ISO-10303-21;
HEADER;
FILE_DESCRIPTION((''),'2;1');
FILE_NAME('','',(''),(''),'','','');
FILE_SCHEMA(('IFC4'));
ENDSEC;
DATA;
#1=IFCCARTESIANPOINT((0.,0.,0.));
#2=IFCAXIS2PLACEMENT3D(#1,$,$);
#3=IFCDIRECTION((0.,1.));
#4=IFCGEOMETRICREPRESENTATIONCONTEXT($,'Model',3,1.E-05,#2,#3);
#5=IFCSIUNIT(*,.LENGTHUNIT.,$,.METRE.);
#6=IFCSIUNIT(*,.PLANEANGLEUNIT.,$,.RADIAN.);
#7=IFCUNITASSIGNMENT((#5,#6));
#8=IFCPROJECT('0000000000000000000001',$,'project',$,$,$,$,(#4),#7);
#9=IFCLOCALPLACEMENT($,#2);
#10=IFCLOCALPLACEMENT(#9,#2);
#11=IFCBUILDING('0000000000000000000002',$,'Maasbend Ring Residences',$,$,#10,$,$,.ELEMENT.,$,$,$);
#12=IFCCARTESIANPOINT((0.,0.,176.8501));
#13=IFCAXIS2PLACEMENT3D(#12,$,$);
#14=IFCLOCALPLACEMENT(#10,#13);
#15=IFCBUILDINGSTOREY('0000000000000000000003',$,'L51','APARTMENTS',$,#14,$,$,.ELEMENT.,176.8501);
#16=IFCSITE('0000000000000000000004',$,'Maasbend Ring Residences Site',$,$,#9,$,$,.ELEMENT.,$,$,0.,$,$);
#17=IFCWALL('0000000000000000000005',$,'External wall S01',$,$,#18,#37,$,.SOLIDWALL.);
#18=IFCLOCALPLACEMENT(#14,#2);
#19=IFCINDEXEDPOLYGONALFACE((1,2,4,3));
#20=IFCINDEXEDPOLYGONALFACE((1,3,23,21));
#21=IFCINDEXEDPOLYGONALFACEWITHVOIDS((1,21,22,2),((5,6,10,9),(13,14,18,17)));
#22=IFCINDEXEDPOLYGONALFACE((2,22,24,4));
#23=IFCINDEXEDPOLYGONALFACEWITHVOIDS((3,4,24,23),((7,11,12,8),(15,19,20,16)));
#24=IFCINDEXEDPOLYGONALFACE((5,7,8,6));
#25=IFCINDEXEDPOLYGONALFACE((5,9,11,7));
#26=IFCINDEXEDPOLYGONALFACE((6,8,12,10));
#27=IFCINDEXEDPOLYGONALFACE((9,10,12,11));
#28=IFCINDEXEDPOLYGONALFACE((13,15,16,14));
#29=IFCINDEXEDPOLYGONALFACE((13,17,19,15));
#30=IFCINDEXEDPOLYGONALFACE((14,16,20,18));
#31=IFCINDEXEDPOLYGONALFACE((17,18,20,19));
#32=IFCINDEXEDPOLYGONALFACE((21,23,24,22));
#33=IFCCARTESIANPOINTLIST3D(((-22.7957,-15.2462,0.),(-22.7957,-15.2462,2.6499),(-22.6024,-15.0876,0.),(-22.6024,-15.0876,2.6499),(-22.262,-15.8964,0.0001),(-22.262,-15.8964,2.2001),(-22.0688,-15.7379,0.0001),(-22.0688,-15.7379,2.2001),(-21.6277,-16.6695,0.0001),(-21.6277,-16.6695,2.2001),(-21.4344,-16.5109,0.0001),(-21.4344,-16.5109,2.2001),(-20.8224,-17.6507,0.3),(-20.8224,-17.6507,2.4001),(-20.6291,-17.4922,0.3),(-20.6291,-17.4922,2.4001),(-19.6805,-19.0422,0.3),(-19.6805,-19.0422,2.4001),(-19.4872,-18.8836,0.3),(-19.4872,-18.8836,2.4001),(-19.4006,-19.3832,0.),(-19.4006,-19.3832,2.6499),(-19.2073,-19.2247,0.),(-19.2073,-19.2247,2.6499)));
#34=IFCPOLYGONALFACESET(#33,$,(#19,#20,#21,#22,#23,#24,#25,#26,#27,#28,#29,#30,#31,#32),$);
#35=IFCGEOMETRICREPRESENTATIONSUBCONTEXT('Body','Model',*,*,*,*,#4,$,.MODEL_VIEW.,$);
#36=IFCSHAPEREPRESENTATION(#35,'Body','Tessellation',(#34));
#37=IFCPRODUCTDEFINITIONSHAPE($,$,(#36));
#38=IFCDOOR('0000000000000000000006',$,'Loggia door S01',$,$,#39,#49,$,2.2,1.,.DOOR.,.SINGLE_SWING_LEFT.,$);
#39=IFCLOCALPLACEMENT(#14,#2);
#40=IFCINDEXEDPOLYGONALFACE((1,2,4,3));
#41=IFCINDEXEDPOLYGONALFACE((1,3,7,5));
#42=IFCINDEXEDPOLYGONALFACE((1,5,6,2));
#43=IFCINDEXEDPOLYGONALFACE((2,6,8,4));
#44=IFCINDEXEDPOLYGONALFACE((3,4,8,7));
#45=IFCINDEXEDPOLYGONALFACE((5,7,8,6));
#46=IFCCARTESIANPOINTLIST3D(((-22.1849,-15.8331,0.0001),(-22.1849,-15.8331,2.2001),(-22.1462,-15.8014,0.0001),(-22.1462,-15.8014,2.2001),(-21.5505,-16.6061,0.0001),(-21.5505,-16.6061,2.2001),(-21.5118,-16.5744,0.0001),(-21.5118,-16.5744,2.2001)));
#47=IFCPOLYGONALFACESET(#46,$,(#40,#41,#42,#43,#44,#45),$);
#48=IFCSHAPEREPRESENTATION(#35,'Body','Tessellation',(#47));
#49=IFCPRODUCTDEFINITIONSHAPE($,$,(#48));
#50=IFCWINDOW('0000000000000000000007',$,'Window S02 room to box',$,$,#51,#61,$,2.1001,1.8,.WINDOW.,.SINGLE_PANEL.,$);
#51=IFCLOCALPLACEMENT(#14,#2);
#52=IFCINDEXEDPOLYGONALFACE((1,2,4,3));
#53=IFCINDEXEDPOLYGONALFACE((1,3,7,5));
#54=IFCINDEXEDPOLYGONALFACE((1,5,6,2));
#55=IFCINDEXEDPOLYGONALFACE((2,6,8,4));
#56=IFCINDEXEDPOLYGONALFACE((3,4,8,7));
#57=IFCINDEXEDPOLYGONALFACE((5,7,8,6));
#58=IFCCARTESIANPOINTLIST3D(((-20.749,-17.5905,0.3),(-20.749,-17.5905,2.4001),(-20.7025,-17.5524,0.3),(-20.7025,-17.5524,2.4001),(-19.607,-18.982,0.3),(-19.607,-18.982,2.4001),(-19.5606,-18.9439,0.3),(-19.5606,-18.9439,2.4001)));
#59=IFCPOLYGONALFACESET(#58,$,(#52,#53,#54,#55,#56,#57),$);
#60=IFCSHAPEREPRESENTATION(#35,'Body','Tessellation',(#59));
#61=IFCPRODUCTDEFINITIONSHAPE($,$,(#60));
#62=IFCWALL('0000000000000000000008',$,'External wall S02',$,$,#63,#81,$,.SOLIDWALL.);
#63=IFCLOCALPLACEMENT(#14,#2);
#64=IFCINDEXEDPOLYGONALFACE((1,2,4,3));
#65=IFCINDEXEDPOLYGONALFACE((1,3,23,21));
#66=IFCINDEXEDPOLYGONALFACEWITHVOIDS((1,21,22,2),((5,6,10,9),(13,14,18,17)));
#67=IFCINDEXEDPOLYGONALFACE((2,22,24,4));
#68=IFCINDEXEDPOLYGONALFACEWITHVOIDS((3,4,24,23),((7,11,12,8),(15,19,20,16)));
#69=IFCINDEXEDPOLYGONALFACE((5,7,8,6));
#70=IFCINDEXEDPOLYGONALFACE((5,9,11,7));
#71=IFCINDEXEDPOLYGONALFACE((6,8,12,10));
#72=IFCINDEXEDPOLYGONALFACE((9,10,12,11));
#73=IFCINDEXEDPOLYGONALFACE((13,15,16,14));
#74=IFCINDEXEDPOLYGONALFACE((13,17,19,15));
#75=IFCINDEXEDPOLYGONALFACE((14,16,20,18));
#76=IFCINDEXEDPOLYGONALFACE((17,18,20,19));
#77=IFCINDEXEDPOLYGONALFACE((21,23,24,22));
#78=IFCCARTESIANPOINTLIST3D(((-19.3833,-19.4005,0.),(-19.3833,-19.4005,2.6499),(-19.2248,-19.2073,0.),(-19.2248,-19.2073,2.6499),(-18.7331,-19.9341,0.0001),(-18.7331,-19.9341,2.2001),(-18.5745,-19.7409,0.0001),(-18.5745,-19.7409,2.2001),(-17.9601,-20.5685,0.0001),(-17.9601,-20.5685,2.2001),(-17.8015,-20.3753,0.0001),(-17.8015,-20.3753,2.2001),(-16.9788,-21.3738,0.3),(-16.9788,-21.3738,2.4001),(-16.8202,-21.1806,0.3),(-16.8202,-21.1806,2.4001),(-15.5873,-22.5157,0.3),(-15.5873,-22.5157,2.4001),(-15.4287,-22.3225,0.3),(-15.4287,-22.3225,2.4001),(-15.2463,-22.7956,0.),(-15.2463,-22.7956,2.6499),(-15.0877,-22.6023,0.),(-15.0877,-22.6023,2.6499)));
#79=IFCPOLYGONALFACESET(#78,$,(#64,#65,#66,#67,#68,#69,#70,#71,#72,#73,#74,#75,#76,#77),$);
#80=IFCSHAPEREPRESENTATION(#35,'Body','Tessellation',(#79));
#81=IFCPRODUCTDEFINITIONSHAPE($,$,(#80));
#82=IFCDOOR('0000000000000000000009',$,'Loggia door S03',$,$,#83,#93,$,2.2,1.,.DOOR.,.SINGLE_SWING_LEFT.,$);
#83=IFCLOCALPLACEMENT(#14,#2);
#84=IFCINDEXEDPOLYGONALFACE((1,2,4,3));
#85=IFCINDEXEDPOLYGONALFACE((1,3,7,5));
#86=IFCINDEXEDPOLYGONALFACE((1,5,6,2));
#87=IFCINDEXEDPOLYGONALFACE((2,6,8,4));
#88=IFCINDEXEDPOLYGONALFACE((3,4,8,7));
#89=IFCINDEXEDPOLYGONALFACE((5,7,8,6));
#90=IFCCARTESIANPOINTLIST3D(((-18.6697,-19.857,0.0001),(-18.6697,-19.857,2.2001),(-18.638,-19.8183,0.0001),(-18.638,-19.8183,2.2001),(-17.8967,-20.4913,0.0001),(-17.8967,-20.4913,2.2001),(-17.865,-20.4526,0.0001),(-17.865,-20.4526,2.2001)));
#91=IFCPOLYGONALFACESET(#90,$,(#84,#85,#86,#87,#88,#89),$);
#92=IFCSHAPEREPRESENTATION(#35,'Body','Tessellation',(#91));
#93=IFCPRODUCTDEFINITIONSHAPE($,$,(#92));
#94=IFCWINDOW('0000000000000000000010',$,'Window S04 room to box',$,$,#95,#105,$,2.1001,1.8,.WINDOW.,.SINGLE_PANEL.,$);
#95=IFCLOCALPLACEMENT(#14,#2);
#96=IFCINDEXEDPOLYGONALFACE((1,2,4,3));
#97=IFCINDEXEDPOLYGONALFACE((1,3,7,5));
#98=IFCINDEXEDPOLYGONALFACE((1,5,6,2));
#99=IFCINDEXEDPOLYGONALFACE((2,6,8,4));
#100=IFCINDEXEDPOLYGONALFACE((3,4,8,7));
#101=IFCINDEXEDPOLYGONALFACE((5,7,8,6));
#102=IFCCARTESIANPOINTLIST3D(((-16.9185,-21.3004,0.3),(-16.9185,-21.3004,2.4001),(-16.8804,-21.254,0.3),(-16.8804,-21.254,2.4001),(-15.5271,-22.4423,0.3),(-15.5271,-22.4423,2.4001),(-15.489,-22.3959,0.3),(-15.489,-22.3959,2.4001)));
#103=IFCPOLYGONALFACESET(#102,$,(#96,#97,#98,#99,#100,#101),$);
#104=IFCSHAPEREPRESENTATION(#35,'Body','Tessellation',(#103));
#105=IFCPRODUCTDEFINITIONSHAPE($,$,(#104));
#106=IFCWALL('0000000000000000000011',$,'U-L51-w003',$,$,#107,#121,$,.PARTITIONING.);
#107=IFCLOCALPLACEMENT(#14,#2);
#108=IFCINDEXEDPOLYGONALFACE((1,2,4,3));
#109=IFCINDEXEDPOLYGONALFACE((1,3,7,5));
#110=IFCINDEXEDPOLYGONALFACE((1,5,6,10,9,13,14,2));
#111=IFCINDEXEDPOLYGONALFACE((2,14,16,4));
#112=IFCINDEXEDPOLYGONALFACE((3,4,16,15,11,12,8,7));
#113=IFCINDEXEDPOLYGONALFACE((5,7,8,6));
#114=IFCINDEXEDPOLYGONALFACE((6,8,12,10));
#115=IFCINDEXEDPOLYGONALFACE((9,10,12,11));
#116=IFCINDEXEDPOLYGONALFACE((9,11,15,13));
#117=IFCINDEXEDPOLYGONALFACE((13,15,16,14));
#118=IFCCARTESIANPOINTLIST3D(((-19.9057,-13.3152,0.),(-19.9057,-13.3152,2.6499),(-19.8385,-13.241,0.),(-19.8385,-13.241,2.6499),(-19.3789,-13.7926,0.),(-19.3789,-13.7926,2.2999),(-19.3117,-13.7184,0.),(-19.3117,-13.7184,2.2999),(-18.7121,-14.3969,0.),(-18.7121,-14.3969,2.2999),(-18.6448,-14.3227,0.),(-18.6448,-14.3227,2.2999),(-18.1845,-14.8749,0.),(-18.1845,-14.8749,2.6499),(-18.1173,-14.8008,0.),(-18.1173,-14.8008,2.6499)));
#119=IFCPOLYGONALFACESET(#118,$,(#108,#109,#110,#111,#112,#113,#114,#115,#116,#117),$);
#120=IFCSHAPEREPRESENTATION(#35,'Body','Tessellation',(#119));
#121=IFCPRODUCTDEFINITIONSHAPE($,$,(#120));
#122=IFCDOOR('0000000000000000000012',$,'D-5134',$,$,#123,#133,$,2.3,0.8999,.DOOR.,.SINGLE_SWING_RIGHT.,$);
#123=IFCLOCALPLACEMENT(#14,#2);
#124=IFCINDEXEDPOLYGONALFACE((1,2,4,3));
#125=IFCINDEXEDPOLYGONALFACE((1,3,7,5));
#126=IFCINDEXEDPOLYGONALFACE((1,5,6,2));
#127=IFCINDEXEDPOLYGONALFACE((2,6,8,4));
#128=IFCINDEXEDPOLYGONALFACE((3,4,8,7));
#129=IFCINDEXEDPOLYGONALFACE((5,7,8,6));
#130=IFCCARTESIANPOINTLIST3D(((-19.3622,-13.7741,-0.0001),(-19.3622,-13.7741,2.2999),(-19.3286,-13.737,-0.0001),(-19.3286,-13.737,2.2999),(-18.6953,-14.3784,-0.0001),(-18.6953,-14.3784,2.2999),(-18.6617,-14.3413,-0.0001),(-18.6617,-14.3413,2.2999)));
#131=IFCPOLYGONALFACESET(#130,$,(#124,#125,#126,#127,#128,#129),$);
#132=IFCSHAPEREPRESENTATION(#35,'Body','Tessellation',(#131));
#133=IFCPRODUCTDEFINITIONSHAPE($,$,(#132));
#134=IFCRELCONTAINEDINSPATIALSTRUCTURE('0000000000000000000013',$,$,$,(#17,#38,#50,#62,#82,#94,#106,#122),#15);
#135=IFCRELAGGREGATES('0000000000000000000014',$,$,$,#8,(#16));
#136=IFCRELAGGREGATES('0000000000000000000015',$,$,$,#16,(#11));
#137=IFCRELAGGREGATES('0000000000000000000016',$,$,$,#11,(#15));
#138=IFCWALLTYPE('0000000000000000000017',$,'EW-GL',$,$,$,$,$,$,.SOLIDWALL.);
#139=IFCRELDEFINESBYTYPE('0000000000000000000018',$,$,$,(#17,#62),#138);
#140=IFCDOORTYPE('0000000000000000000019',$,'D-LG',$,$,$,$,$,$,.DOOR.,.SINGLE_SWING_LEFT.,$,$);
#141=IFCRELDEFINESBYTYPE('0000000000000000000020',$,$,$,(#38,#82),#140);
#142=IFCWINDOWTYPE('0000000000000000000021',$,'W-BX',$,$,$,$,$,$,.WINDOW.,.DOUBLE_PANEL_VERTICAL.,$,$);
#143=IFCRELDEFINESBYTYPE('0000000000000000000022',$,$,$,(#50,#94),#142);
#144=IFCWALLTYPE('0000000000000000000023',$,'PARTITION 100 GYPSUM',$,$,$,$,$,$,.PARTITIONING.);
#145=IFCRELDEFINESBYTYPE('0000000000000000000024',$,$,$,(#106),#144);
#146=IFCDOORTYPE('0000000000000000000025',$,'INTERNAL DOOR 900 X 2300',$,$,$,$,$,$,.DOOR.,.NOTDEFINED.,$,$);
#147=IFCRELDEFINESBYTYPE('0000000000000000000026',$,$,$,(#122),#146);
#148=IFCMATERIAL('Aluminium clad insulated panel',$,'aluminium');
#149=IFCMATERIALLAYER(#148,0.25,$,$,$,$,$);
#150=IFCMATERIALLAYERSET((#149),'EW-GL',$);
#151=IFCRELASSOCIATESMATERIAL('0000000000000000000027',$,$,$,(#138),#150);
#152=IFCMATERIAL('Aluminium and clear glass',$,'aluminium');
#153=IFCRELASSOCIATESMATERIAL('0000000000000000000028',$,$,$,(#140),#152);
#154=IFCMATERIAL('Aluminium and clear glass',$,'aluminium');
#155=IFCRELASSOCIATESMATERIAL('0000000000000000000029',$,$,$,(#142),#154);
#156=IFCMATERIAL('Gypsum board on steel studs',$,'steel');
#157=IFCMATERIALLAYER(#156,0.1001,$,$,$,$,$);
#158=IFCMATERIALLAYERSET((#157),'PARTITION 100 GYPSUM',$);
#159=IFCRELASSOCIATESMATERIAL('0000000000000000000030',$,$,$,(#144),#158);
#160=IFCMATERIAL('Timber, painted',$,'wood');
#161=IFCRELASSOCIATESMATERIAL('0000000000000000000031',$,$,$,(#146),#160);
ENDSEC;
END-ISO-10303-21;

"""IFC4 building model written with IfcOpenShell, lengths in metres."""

from ifc_helpers import new_model, si_unit, direction, frame, frame_2d, origin, place, context, subcontext, project, spatial, rectangle, extrude, material, layer, layer_set, type_object, element, fill, save


model = new_model("IFC4")

# Units and contexts
model_context = context("Model", 3, precision=1e-05, world=origin(), true_north=direction((0.0, 1.0)))
body_context = subcontext(model_context, "Body", "Model", "MODEL_VIEW")
ifc_project = project(units=[si_unit("LENGTHUNIT", "METRE"), si_unit("PLANEANGLEUNIT", "RADIAN")], contexts=[model_context])

# Site, building, storey
site_placement = place(None, origin())
site = spatial("IfcSite", under=ifc_project, at=site_placement, Name="Maasbend Ring Residences Site", CompositionType="ELEMENT", RefElevation=0.0)
building_placement = place(site_placement, origin())
building = spatial("IfcBuilding", under=site, at=building_placement, Name="Maasbend Ring Residences", CompositionType="ELEMENT")
storey_placement = place(building_placement, frame((0.0, 0.0, 176.8501)))
storey = spatial("IfcBuildingStorey", under=building, at=storey_placement, Name="L51", Description="APARTMENTS", CompositionType="ELEMENT", Elevation=176.8501)

# Walls, openings, doors, windows
ifc_material_1 = material(Name="Aluminium clad insulated panel", Category="aluminium")
ifc_layer_1 = layer(ifc_material_1, 0.25)
ifc_layer_set_1 = layer_set([ifc_layer_1], Name="EW-GL")
wall_type_1 = type_object("IfcWallType", Name="EW-GL", PredefinedType="SOLIDWALL", material=ifc_layer_set_1)
wall_1_placement = place(storey_placement, frame((-22.699, -15.167, 0.0), z_axis=(0.0, 0.0, 1.0), x_axis=(0.634382, -0.773019, 0.0)))
wall_1 = element("IfcWall", 1, at=wall_1_placement, inside=storey, type_object=wall_type_1, Name="External wall S01", PredefinedType="SOLIDWALL", context=body_context, shape_type="SweptSolid", body=[
    extrude(rectangle(XDim=5.3518, YDim=0.25, at=frame_2d((2.6758, 0.0))), origin(), (0.0, 0.0, 1.0), 2.6499),
])
opening_1_placement = place(wall_1_placement, frame((0.8411, 0.0, 0.0)))
opening_1 = element("IfcOpeningElement", 2, at=opening_1_placement, cuts=wall_1, PredefinedType="OPENING", context=body_context, shape_type="SweptSolid", body=[
    extrude(rectangle(XDim=1.0, YDim=2.2, at=frame_2d((0.5, 1.1001))), frame((0.0, 0.135, 0.0), z_axis=(0.0, -1.0, 0.0), x_axis=(1.0, 0.0, 0.0)), (0.0, 0.0, 1.0), 0.27),
])
opening_2_placement = place(wall_1_placement, frame((3.1106, 0.0, 0.3)))
opening_2 = element("IfcOpeningElement", 3, at=opening_2_placement, cuts=wall_1, PredefinedType="OPENING", context=body_context, shape_type="SweptSolid", body=[
    extrude(rectangle(XDim=1.8, YDim=2.1001, at=frame_2d((0.8999, 1.05))), frame((0.0, 0.135, 0.0), z_axis=(0.0, -1.0, 0.0), x_axis=(1.0, 0.0, 0.0)), (0.0, 0.0, 1.0), 0.27),
])
ifc_material_2 = material(Name="Aluminium and clear glass", Category="aluminium")
door_type_1 = type_object("IfcDoorType", Name="D-LG", OperationType="SINGLE_SWING_LEFT", PredefinedType="DOOR", material=ifc_material_2)
door_1_placement = place(opening_1_placement, origin())
door_1 = element("IfcDoor", 4, at=door_1_placement, inside=storey, type_object=door_type_1, Name="Loggia door S01", OperationType="SINGLE_SWING_LEFT", OverallHeight=2.2, OverallWidth=1.0, PredefinedType="DOOR", context=body_context, shape_type="SweptSolid", body=[
    extrude(rectangle(XDim=1.0, YDim=2.2, at=frame_2d((0.5, 1.1001))), frame((0.0, 0.0249, 0.0), z_axis=(0.0, -1.0, 0.0), x_axis=(1.0, 0.0, 0.0)), (0.0, 0.0, 1.0), 0.05),
])
fill(opening_1, door_1)
ifc_material_3 = material(Name="Aluminium and clear glass", Category="aluminium")
window_type_1 = type_object("IfcWindowType", Name="W-BX", PartitioningType="DOUBLE_PANEL_VERTICAL", PredefinedType="WINDOW", material=ifc_material_3)
window_1_placement = place(opening_2_placement, origin())
window_1 = element("IfcWindow", 5, at=window_1_placement, inside=storey, type_object=window_type_1, Name="Window S02 room to box", OverallHeight=2.1001, OverallWidth=1.8, PartitioningType="SINGLE_PANEL", PredefinedType="WINDOW", context=body_context, shape_type="SweptSolid", body=[
    extrude(rectangle(XDim=1.8, YDim=2.1001, at=frame_2d((0.8999, 1.05))), frame((0.0, 0.03, 0.0), z_axis=(0.0, -1.0, 0.0), x_axis=(1.0, 0.0, 0.0)), (0.0, 0.0, 1.0), 0.0601),
])
fill(opening_2, window_1)
wall_2_placement = place(storey_placement, frame((-19.304, -19.304, 0.0), z_axis=(0.0, 0.0, 1.0), x_axis=(0.773019, -0.634382, 0.0)))
wall_2 = element("IfcWall", 6, at=wall_2_placement, inside=storey, type_object=wall_type_1, Name="External wall S02", PredefinedType="SOLIDWALL", context=body_context, shape_type="SweptSolid", body=[
    extrude(rectangle(XDim=5.3518, YDim=0.25, at=frame_2d((2.6758, 0.0))), origin(), (0.0, 0.0, 1.0), 2.6499),
])
opening_3_placement = place(wall_2_placement, frame((0.8411, 0.0, 0.0)))
opening_3 = element("IfcOpeningElement", 7, at=opening_3_placement, cuts=wall_2, PredefinedType="OPENING", context=body_context, shape_type="SweptSolid", body=[
    extrude(rectangle(XDim=1.0, YDim=2.2, at=frame_2d((0.5, 1.1001))), frame((0.0, 0.135, 0.0), z_axis=(0.0, -1.0, 0.0), x_axis=(1.0, 0.0, 0.0)), (0.0, 0.0, 1.0), 0.27),
])
opening_4_placement = place(wall_2_placement, frame((3.1106, 0.0, 0.3)))
opening_4 = element("IfcOpeningElement", 8, at=opening_4_placement, cuts=wall_2, PredefinedType="OPENING", context=body_context, shape_type="SweptSolid", body=[
    extrude(rectangle(XDim=1.8, YDim=2.1001, at=frame_2d((0.8999, 1.05))), frame((0.0, 0.135, 0.0), z_axis=(0.0, -1.0, 0.0), x_axis=(1.0, 0.0, 0.0)), (0.0, 0.0, 1.0), 0.27),
])
door_2_placement = place(opening_3_placement, origin())
door_2 = element("IfcDoor", 9, at=door_2_placement, inside=storey, type_object=door_type_1, Name="Loggia door S03", OperationType="SINGLE_SWING_LEFT", OverallHeight=2.2, OverallWidth=1.0, PredefinedType="DOOR", context=body_context, shape_type="SweptSolid", body=[
    extrude(rectangle(XDim=1.0, YDim=2.2, at=frame_2d((0.5, 1.1001))), frame((0.0, 0.0249, 0.0), z_axis=(0.0, -1.0, 0.0), x_axis=(1.0, 0.0, 0.0)), (0.0, 0.0, 1.0), 0.05),
])
fill(opening_3, door_2)
window_2_placement = place(opening_4_placement, origin())
window_2 = element("IfcWindow", 10, at=window_2_placement, inside=storey, type_object=window_type_1, Name="Window S04 room to box", OverallHeight=2.1001, OverallWidth=1.8, PartitioningType="SINGLE_PANEL", PredefinedType="WINDOW", context=body_context, shape_type="SweptSolid", body=[
    extrude(rectangle(XDim=1.8, YDim=2.1001, at=frame_2d((0.8999, 1.05))), frame((0.0, 0.03, 0.0), z_axis=(0.0, -1.0, 0.0), x_axis=(1.0, 0.0, 0.0)), (0.0, 0.0, 1.0), 0.0601),
])
fill(opening_4, window_2)

# Wall, opening, door
ifc_material_4 = material(Name="Gypsum board on steel studs", Category="steel")
ifc_layer_2 = layer(ifc_material_4, 0.1001)
ifc_layer_set_2 = layer_set([ifc_layer_2], Name="PARTITION 100 GYPSUM")
wall_type_2 = type_object("IfcWallType", Name="PARTITION 100 GYPSUM", PredefinedType="PARTITIONING", material=ifc_layer_set_2)
wall_3_placement = place(storey_placement, frame((-19.8721, -13.2781, 0.0), z_axis=(0.0, 0.0, 1.0), x_axis=(0.74099, -0.671516, 0.0)))
wall_3 = element("IfcWall", 11, at=wall_3_placement, inside=storey, type_object=wall_type_2, Name="U-L51-w003", PredefinedType="PARTITIONING", context=body_context, shape_type="SweptSolid", body=[
    extrude(rectangle(XDim=2.3228, YDim=0.1001, at=frame_2d((1.1614, 0.0))), origin(), (0.0, 0.0, 1.0), 2.6499),
])
opening_5_placement = place(wall_3_placement, frame((0.7109, 0.0, 0.0)))
opening_5 = element("IfcOpeningElement", 12, at=opening_5_placement, cuts=wall_3, PredefinedType="OPENING", context=body_context, shape_type="SweptSolid", body=[
    extrude(rectangle(XDim=0.8999, YDim=2.3, at=frame_2d((0.45, 1.1499))), frame((0.0, 0.0601, 0.0), z_axis=(0.0, -1.0, 0.0), x_axis=(1.0, 0.0, 0.0)), (0.0, 0.0, 1.0), 0.1201),
])
ifc_material_5 = material(Name="Timber, painted", Category="wood")
door_type_2 = type_object("IfcDoorType", Name="INTERNAL DOOR 900 X 2300", OperationType="NOTDEFINED", PredefinedType="DOOR", material=ifc_material_5)
door_3_placement = place(opening_5_placement, origin())
door_3 = element("IfcDoor", 13, at=door_3_placement, inside=storey, type_object=door_type_2, Name="D-5134", OperationType="SINGLE_SWING_RIGHT", OverallHeight=2.3, OverallWidth=0.8999, PredefinedType="DOOR", context=body_context, shape_type="SweptSolid", body=[
    extrude(rectangle(XDim=0.8999, YDim=2.3, at=frame_2d((0.45, 1.1499))), frame((0.0, 0.0249, 0.0), z_axis=(0.0, -1.0, 0.0), x_axis=(1.0, 0.0, 0.0)), (0.0, 0.0, 1.0), 0.05),
])
fill(opening_5, door_3)

save(model, "model.ifc")
